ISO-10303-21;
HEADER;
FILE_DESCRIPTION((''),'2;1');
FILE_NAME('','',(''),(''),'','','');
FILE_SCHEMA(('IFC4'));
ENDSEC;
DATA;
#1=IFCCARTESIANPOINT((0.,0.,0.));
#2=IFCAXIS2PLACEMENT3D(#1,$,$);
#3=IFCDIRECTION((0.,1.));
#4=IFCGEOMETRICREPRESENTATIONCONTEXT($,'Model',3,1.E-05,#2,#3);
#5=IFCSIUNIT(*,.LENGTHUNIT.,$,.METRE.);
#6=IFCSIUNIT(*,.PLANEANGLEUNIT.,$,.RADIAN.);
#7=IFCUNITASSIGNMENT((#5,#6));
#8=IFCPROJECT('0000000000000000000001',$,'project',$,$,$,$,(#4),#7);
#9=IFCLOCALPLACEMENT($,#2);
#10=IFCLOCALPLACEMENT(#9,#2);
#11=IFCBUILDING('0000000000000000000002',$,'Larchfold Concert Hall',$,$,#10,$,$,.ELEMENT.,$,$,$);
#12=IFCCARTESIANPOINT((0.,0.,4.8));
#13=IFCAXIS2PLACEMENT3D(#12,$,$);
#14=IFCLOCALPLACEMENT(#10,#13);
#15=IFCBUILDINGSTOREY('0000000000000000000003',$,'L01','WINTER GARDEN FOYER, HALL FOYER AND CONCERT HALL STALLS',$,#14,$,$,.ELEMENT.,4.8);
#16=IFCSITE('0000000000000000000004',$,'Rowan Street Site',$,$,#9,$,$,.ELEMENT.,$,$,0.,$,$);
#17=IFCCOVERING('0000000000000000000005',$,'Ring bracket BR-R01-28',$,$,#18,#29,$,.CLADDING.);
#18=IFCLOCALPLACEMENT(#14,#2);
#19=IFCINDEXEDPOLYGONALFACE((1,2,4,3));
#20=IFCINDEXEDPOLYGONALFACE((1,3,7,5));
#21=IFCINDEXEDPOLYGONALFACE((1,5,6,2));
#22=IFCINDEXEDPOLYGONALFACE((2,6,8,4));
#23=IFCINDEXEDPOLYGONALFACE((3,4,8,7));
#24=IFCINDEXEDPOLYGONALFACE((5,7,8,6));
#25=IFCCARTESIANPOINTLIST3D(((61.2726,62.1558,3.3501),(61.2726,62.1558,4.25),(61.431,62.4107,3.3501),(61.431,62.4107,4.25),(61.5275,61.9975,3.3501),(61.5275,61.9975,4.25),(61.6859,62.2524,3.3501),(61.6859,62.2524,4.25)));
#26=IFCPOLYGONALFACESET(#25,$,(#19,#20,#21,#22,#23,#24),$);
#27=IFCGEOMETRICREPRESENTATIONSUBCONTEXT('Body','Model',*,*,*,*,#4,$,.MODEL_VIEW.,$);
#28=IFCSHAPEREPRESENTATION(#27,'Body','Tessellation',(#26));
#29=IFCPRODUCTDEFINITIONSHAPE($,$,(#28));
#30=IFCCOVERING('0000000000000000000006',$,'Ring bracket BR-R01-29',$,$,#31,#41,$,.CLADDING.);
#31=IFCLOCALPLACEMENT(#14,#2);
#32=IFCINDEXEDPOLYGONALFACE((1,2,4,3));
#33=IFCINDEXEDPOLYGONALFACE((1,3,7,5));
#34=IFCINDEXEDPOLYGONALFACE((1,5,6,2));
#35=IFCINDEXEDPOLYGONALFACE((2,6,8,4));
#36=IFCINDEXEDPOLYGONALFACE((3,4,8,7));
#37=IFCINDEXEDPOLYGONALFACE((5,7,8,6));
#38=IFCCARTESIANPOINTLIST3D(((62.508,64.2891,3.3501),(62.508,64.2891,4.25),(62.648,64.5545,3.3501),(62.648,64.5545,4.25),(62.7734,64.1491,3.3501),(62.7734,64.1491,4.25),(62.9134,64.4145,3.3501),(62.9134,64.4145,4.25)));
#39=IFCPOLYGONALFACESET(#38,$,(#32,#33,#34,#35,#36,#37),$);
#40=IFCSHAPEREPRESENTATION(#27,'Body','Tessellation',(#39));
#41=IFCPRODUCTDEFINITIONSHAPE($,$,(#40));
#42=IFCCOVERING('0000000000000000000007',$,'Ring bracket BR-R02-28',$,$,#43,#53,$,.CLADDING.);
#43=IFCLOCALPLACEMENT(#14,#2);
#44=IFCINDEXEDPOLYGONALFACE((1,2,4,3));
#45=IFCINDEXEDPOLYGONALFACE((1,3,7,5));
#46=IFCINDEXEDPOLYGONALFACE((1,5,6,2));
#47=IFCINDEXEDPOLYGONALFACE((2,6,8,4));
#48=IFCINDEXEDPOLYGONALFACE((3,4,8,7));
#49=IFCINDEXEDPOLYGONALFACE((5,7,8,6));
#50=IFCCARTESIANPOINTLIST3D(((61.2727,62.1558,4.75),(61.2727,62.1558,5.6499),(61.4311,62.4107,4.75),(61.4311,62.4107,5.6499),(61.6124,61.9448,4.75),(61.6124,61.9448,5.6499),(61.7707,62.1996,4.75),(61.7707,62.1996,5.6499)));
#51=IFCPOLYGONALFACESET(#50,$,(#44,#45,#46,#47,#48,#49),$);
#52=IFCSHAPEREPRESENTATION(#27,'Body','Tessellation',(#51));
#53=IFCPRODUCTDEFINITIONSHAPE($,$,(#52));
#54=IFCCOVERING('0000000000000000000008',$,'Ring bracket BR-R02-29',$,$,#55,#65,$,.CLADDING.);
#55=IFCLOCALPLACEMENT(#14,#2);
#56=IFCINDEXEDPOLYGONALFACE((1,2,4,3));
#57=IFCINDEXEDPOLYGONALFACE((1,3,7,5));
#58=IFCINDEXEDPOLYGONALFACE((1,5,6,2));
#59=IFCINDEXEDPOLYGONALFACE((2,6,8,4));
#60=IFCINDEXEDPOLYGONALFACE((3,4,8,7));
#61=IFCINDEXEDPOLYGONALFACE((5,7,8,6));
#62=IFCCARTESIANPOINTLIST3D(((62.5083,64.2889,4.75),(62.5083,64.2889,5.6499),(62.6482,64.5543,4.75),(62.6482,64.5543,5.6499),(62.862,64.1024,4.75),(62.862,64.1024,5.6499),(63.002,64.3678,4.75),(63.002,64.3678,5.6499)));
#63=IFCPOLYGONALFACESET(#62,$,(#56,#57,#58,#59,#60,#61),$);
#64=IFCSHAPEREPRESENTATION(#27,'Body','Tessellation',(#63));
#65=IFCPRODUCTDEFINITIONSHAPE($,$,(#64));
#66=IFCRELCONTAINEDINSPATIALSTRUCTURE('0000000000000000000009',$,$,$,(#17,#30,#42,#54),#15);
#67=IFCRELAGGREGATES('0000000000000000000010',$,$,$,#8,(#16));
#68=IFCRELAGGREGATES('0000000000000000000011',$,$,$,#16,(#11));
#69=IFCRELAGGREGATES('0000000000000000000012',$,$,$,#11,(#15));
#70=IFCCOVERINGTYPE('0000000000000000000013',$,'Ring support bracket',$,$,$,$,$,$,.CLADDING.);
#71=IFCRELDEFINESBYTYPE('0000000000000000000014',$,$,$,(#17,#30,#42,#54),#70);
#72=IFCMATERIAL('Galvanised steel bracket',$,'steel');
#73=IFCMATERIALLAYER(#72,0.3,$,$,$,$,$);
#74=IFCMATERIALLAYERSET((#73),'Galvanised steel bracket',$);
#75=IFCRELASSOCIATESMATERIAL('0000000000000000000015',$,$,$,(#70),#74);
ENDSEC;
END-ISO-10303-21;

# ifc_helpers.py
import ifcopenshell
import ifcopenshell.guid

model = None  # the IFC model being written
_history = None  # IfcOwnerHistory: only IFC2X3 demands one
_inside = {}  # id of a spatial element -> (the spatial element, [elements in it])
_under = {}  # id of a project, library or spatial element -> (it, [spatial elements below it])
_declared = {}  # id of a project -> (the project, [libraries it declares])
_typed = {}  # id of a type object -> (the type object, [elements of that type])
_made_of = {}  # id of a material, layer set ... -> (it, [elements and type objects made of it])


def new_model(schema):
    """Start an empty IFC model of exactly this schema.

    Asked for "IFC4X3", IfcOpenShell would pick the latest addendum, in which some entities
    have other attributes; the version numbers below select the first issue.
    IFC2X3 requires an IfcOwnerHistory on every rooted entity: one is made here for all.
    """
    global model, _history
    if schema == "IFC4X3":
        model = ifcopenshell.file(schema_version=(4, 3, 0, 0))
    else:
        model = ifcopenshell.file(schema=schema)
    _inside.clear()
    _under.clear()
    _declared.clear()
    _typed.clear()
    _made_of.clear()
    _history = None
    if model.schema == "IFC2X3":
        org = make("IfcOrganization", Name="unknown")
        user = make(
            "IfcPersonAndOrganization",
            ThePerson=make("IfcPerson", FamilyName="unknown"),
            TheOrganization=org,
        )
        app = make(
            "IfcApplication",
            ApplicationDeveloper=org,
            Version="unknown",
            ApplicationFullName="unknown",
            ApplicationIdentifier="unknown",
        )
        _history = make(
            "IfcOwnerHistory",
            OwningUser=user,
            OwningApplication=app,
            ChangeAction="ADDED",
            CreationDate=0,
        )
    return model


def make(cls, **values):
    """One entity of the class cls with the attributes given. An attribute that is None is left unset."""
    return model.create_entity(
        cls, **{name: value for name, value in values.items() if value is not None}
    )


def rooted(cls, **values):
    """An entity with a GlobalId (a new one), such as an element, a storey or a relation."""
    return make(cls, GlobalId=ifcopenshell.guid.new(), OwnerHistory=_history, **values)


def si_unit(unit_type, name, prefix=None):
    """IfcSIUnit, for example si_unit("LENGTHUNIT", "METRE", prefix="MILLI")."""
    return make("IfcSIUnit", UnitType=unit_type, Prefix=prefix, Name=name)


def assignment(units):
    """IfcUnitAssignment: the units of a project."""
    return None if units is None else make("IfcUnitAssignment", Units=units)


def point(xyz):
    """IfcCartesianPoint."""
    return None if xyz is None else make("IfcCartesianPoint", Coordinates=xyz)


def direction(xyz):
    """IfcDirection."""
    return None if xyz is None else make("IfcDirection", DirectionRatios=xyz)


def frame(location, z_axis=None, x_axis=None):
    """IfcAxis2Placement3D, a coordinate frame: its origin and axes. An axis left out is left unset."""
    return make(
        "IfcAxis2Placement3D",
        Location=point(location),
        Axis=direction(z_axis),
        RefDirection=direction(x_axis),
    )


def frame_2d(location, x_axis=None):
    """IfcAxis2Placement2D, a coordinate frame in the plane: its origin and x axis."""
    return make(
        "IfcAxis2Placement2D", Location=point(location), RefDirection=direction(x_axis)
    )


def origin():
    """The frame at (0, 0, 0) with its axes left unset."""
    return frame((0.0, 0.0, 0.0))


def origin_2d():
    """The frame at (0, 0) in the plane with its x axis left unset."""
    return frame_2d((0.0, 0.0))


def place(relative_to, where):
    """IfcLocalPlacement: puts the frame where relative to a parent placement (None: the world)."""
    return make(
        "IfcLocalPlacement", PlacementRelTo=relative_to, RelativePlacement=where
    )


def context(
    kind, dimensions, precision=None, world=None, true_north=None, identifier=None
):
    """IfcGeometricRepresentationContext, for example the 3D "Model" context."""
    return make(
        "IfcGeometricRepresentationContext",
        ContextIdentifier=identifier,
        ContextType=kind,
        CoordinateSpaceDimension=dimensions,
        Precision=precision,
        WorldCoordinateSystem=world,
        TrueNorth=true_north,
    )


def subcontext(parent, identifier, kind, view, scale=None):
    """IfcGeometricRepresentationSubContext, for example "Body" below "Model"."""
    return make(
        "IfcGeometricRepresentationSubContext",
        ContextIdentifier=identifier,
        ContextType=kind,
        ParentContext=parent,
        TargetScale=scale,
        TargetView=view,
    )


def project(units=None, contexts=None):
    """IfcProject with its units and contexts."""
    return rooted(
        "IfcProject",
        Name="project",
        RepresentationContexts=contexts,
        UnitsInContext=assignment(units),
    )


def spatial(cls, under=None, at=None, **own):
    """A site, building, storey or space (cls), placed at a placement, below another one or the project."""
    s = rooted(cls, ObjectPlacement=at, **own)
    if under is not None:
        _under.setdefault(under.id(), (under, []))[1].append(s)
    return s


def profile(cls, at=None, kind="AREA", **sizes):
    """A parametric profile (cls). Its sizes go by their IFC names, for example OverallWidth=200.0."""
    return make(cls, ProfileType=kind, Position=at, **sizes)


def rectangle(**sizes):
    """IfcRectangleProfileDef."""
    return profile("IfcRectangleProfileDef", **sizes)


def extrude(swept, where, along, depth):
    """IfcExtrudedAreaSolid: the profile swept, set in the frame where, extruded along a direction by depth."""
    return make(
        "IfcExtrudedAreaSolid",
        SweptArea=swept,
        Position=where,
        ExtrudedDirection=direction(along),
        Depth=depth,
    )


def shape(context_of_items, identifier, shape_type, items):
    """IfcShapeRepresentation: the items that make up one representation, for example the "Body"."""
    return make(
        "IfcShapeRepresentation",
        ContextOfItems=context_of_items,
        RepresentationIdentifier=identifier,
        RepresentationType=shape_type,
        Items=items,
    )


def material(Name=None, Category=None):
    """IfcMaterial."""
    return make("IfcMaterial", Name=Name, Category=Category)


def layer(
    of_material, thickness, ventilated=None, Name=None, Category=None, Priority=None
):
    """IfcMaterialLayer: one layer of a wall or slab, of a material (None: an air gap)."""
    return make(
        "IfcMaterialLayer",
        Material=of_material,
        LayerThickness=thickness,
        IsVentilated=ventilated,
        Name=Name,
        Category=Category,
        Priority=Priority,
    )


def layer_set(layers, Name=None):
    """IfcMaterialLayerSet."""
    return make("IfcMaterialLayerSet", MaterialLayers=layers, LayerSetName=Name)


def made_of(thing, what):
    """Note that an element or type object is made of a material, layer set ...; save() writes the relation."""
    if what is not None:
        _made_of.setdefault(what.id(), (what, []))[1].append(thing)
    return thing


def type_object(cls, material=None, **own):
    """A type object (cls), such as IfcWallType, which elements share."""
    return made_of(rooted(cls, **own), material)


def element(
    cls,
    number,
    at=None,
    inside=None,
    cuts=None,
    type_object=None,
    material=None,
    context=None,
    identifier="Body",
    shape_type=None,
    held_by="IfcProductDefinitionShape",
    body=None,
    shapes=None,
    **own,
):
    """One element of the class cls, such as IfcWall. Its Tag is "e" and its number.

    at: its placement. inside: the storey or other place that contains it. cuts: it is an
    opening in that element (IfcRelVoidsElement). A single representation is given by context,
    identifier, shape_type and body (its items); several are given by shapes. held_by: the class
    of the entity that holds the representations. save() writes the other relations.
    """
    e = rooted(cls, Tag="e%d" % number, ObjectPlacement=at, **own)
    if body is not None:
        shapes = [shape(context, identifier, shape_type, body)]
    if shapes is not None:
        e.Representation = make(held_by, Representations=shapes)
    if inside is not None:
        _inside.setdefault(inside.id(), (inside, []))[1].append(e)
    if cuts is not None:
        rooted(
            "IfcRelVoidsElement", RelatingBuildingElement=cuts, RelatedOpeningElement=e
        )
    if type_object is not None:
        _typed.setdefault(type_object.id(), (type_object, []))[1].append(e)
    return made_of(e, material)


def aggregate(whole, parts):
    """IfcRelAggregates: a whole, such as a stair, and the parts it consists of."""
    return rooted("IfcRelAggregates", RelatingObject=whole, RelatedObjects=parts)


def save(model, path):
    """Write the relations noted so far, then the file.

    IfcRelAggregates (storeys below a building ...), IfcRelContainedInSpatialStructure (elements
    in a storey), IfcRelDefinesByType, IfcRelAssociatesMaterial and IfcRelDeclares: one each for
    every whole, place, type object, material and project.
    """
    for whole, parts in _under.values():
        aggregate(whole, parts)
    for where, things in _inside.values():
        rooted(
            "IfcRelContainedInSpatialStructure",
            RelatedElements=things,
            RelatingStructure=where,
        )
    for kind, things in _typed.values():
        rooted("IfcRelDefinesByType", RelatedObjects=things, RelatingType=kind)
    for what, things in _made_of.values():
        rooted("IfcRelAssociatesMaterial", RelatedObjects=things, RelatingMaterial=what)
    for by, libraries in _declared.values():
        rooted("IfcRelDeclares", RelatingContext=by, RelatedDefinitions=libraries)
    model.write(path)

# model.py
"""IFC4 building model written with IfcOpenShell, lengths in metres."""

from ifc_helpers import new_model, si_unit, direction, frame, origin, origin_2d, place, context, subcontext, project, spatial, rectangle, extrude, material, layer, layer_set, type_object, element, save


model = new_model("IFC4")

# Units and contexts
model_context = context("Model", 3, precision=1e-05, world=origin(), true_north=direction((0.0, 1.0)))
body_context = subcontext(model_context, "Body", "Model", "MODEL_VIEW")
ifc_project = project(units=[si_unit("LENGTHUNIT", "METRE"), si_unit("PLANEANGLEUNIT", "RADIAN")], contexts=[model_context])

# Site, building, storey
site_placement = place(None, origin())
site = spatial("IfcSite", under=ifc_project, at=site_placement, Name="Rowan Street Site", CompositionType="ELEMENT", RefElevation=0.0)
building_placement = place(site_placement, origin())
building = spatial("IfcBuilding", under=site, at=building_placement, Name="Larchfold Concert Hall", CompositionType="ELEMENT")
storey_placement = place(building_placement, frame((0.0, 0.0, 4.8)))
storey = spatial("IfcBuildingStorey", under=building, at=storey_placement, Name="L01", Description="WINTER GARDEN FOYER, HALL FOYER AND CONCERT HALL STALLS", CompositionType="ELEMENT", Elevation=4.8)

# Coverings
ifc_material_1 = material(Name="Galvanised steel bracket", Category="steel")
ifc_layer_1 = layer(ifc_material_1, 0.3)
ifc_layer_set_1 = layer_set([ifc_layer_1], Name="Galvanised steel bracket")
covering_type = type_object("IfcCoveringType", Name="Ring support bracket", PredefinedType="CLADDING", material=ifc_layer_set_1)
for number, where, z_axis, x_axis, name in (
    (1, (61.4792, 62.2041, 3.3501), (0.0, 0.0, 1.0), (0.849391, -0.527764, 0.0), "Ring bracket BR-R01-28"),
    (2, (62.7107, 64.3518, 3.3501), (0.0, 0.0, 1.0), (0.884536, -0.466473, 0.0), "Ring bracket BR-R01-29"),
):
    element("IfcCovering", number, at=place(storey_placement, frame(where, z_axis=z_axis, x_axis=x_axis)), inside=storey, type_object=covering_type, Name=name, PredefinedType="CLADDING", context=body_context, shape_type="SweptSolid", body=[
        extrude(rectangle(XDim=0.3, YDim=0.3, at=origin_2d()), origin(), (0.0, 0.0, 1.0), 0.8999),
    ])
for number, where, z_axis, x_axis, name in (
    (3, (61.5217, 62.1777, 4.75), (0.0, 0.0, 1.0), (0.849391, -0.527764, 0.0), "Ring bracket BR-R02-28"),
    (4, (62.7551, 64.3284, 4.75), (0.0, 0.0, 1.0), (0.884536, -0.466473, 0.0), "Ring bracket BR-R02-29"),
):
    element("IfcCovering", number, at=place(storey_placement, frame(where, z_axis=z_axis, x_axis=x_axis)), inside=storey, type_object=covering_type, Name=name, PredefinedType="CLADDING", context=body_context, shape_type="SweptSolid", body=[
        extrude(rectangle(XDim=0.3999, YDim=0.3, at=origin_2d()), origin(), (0.0, 0.0, 1.0), 0.8999),
    ])

save(model, "model.ifc")
